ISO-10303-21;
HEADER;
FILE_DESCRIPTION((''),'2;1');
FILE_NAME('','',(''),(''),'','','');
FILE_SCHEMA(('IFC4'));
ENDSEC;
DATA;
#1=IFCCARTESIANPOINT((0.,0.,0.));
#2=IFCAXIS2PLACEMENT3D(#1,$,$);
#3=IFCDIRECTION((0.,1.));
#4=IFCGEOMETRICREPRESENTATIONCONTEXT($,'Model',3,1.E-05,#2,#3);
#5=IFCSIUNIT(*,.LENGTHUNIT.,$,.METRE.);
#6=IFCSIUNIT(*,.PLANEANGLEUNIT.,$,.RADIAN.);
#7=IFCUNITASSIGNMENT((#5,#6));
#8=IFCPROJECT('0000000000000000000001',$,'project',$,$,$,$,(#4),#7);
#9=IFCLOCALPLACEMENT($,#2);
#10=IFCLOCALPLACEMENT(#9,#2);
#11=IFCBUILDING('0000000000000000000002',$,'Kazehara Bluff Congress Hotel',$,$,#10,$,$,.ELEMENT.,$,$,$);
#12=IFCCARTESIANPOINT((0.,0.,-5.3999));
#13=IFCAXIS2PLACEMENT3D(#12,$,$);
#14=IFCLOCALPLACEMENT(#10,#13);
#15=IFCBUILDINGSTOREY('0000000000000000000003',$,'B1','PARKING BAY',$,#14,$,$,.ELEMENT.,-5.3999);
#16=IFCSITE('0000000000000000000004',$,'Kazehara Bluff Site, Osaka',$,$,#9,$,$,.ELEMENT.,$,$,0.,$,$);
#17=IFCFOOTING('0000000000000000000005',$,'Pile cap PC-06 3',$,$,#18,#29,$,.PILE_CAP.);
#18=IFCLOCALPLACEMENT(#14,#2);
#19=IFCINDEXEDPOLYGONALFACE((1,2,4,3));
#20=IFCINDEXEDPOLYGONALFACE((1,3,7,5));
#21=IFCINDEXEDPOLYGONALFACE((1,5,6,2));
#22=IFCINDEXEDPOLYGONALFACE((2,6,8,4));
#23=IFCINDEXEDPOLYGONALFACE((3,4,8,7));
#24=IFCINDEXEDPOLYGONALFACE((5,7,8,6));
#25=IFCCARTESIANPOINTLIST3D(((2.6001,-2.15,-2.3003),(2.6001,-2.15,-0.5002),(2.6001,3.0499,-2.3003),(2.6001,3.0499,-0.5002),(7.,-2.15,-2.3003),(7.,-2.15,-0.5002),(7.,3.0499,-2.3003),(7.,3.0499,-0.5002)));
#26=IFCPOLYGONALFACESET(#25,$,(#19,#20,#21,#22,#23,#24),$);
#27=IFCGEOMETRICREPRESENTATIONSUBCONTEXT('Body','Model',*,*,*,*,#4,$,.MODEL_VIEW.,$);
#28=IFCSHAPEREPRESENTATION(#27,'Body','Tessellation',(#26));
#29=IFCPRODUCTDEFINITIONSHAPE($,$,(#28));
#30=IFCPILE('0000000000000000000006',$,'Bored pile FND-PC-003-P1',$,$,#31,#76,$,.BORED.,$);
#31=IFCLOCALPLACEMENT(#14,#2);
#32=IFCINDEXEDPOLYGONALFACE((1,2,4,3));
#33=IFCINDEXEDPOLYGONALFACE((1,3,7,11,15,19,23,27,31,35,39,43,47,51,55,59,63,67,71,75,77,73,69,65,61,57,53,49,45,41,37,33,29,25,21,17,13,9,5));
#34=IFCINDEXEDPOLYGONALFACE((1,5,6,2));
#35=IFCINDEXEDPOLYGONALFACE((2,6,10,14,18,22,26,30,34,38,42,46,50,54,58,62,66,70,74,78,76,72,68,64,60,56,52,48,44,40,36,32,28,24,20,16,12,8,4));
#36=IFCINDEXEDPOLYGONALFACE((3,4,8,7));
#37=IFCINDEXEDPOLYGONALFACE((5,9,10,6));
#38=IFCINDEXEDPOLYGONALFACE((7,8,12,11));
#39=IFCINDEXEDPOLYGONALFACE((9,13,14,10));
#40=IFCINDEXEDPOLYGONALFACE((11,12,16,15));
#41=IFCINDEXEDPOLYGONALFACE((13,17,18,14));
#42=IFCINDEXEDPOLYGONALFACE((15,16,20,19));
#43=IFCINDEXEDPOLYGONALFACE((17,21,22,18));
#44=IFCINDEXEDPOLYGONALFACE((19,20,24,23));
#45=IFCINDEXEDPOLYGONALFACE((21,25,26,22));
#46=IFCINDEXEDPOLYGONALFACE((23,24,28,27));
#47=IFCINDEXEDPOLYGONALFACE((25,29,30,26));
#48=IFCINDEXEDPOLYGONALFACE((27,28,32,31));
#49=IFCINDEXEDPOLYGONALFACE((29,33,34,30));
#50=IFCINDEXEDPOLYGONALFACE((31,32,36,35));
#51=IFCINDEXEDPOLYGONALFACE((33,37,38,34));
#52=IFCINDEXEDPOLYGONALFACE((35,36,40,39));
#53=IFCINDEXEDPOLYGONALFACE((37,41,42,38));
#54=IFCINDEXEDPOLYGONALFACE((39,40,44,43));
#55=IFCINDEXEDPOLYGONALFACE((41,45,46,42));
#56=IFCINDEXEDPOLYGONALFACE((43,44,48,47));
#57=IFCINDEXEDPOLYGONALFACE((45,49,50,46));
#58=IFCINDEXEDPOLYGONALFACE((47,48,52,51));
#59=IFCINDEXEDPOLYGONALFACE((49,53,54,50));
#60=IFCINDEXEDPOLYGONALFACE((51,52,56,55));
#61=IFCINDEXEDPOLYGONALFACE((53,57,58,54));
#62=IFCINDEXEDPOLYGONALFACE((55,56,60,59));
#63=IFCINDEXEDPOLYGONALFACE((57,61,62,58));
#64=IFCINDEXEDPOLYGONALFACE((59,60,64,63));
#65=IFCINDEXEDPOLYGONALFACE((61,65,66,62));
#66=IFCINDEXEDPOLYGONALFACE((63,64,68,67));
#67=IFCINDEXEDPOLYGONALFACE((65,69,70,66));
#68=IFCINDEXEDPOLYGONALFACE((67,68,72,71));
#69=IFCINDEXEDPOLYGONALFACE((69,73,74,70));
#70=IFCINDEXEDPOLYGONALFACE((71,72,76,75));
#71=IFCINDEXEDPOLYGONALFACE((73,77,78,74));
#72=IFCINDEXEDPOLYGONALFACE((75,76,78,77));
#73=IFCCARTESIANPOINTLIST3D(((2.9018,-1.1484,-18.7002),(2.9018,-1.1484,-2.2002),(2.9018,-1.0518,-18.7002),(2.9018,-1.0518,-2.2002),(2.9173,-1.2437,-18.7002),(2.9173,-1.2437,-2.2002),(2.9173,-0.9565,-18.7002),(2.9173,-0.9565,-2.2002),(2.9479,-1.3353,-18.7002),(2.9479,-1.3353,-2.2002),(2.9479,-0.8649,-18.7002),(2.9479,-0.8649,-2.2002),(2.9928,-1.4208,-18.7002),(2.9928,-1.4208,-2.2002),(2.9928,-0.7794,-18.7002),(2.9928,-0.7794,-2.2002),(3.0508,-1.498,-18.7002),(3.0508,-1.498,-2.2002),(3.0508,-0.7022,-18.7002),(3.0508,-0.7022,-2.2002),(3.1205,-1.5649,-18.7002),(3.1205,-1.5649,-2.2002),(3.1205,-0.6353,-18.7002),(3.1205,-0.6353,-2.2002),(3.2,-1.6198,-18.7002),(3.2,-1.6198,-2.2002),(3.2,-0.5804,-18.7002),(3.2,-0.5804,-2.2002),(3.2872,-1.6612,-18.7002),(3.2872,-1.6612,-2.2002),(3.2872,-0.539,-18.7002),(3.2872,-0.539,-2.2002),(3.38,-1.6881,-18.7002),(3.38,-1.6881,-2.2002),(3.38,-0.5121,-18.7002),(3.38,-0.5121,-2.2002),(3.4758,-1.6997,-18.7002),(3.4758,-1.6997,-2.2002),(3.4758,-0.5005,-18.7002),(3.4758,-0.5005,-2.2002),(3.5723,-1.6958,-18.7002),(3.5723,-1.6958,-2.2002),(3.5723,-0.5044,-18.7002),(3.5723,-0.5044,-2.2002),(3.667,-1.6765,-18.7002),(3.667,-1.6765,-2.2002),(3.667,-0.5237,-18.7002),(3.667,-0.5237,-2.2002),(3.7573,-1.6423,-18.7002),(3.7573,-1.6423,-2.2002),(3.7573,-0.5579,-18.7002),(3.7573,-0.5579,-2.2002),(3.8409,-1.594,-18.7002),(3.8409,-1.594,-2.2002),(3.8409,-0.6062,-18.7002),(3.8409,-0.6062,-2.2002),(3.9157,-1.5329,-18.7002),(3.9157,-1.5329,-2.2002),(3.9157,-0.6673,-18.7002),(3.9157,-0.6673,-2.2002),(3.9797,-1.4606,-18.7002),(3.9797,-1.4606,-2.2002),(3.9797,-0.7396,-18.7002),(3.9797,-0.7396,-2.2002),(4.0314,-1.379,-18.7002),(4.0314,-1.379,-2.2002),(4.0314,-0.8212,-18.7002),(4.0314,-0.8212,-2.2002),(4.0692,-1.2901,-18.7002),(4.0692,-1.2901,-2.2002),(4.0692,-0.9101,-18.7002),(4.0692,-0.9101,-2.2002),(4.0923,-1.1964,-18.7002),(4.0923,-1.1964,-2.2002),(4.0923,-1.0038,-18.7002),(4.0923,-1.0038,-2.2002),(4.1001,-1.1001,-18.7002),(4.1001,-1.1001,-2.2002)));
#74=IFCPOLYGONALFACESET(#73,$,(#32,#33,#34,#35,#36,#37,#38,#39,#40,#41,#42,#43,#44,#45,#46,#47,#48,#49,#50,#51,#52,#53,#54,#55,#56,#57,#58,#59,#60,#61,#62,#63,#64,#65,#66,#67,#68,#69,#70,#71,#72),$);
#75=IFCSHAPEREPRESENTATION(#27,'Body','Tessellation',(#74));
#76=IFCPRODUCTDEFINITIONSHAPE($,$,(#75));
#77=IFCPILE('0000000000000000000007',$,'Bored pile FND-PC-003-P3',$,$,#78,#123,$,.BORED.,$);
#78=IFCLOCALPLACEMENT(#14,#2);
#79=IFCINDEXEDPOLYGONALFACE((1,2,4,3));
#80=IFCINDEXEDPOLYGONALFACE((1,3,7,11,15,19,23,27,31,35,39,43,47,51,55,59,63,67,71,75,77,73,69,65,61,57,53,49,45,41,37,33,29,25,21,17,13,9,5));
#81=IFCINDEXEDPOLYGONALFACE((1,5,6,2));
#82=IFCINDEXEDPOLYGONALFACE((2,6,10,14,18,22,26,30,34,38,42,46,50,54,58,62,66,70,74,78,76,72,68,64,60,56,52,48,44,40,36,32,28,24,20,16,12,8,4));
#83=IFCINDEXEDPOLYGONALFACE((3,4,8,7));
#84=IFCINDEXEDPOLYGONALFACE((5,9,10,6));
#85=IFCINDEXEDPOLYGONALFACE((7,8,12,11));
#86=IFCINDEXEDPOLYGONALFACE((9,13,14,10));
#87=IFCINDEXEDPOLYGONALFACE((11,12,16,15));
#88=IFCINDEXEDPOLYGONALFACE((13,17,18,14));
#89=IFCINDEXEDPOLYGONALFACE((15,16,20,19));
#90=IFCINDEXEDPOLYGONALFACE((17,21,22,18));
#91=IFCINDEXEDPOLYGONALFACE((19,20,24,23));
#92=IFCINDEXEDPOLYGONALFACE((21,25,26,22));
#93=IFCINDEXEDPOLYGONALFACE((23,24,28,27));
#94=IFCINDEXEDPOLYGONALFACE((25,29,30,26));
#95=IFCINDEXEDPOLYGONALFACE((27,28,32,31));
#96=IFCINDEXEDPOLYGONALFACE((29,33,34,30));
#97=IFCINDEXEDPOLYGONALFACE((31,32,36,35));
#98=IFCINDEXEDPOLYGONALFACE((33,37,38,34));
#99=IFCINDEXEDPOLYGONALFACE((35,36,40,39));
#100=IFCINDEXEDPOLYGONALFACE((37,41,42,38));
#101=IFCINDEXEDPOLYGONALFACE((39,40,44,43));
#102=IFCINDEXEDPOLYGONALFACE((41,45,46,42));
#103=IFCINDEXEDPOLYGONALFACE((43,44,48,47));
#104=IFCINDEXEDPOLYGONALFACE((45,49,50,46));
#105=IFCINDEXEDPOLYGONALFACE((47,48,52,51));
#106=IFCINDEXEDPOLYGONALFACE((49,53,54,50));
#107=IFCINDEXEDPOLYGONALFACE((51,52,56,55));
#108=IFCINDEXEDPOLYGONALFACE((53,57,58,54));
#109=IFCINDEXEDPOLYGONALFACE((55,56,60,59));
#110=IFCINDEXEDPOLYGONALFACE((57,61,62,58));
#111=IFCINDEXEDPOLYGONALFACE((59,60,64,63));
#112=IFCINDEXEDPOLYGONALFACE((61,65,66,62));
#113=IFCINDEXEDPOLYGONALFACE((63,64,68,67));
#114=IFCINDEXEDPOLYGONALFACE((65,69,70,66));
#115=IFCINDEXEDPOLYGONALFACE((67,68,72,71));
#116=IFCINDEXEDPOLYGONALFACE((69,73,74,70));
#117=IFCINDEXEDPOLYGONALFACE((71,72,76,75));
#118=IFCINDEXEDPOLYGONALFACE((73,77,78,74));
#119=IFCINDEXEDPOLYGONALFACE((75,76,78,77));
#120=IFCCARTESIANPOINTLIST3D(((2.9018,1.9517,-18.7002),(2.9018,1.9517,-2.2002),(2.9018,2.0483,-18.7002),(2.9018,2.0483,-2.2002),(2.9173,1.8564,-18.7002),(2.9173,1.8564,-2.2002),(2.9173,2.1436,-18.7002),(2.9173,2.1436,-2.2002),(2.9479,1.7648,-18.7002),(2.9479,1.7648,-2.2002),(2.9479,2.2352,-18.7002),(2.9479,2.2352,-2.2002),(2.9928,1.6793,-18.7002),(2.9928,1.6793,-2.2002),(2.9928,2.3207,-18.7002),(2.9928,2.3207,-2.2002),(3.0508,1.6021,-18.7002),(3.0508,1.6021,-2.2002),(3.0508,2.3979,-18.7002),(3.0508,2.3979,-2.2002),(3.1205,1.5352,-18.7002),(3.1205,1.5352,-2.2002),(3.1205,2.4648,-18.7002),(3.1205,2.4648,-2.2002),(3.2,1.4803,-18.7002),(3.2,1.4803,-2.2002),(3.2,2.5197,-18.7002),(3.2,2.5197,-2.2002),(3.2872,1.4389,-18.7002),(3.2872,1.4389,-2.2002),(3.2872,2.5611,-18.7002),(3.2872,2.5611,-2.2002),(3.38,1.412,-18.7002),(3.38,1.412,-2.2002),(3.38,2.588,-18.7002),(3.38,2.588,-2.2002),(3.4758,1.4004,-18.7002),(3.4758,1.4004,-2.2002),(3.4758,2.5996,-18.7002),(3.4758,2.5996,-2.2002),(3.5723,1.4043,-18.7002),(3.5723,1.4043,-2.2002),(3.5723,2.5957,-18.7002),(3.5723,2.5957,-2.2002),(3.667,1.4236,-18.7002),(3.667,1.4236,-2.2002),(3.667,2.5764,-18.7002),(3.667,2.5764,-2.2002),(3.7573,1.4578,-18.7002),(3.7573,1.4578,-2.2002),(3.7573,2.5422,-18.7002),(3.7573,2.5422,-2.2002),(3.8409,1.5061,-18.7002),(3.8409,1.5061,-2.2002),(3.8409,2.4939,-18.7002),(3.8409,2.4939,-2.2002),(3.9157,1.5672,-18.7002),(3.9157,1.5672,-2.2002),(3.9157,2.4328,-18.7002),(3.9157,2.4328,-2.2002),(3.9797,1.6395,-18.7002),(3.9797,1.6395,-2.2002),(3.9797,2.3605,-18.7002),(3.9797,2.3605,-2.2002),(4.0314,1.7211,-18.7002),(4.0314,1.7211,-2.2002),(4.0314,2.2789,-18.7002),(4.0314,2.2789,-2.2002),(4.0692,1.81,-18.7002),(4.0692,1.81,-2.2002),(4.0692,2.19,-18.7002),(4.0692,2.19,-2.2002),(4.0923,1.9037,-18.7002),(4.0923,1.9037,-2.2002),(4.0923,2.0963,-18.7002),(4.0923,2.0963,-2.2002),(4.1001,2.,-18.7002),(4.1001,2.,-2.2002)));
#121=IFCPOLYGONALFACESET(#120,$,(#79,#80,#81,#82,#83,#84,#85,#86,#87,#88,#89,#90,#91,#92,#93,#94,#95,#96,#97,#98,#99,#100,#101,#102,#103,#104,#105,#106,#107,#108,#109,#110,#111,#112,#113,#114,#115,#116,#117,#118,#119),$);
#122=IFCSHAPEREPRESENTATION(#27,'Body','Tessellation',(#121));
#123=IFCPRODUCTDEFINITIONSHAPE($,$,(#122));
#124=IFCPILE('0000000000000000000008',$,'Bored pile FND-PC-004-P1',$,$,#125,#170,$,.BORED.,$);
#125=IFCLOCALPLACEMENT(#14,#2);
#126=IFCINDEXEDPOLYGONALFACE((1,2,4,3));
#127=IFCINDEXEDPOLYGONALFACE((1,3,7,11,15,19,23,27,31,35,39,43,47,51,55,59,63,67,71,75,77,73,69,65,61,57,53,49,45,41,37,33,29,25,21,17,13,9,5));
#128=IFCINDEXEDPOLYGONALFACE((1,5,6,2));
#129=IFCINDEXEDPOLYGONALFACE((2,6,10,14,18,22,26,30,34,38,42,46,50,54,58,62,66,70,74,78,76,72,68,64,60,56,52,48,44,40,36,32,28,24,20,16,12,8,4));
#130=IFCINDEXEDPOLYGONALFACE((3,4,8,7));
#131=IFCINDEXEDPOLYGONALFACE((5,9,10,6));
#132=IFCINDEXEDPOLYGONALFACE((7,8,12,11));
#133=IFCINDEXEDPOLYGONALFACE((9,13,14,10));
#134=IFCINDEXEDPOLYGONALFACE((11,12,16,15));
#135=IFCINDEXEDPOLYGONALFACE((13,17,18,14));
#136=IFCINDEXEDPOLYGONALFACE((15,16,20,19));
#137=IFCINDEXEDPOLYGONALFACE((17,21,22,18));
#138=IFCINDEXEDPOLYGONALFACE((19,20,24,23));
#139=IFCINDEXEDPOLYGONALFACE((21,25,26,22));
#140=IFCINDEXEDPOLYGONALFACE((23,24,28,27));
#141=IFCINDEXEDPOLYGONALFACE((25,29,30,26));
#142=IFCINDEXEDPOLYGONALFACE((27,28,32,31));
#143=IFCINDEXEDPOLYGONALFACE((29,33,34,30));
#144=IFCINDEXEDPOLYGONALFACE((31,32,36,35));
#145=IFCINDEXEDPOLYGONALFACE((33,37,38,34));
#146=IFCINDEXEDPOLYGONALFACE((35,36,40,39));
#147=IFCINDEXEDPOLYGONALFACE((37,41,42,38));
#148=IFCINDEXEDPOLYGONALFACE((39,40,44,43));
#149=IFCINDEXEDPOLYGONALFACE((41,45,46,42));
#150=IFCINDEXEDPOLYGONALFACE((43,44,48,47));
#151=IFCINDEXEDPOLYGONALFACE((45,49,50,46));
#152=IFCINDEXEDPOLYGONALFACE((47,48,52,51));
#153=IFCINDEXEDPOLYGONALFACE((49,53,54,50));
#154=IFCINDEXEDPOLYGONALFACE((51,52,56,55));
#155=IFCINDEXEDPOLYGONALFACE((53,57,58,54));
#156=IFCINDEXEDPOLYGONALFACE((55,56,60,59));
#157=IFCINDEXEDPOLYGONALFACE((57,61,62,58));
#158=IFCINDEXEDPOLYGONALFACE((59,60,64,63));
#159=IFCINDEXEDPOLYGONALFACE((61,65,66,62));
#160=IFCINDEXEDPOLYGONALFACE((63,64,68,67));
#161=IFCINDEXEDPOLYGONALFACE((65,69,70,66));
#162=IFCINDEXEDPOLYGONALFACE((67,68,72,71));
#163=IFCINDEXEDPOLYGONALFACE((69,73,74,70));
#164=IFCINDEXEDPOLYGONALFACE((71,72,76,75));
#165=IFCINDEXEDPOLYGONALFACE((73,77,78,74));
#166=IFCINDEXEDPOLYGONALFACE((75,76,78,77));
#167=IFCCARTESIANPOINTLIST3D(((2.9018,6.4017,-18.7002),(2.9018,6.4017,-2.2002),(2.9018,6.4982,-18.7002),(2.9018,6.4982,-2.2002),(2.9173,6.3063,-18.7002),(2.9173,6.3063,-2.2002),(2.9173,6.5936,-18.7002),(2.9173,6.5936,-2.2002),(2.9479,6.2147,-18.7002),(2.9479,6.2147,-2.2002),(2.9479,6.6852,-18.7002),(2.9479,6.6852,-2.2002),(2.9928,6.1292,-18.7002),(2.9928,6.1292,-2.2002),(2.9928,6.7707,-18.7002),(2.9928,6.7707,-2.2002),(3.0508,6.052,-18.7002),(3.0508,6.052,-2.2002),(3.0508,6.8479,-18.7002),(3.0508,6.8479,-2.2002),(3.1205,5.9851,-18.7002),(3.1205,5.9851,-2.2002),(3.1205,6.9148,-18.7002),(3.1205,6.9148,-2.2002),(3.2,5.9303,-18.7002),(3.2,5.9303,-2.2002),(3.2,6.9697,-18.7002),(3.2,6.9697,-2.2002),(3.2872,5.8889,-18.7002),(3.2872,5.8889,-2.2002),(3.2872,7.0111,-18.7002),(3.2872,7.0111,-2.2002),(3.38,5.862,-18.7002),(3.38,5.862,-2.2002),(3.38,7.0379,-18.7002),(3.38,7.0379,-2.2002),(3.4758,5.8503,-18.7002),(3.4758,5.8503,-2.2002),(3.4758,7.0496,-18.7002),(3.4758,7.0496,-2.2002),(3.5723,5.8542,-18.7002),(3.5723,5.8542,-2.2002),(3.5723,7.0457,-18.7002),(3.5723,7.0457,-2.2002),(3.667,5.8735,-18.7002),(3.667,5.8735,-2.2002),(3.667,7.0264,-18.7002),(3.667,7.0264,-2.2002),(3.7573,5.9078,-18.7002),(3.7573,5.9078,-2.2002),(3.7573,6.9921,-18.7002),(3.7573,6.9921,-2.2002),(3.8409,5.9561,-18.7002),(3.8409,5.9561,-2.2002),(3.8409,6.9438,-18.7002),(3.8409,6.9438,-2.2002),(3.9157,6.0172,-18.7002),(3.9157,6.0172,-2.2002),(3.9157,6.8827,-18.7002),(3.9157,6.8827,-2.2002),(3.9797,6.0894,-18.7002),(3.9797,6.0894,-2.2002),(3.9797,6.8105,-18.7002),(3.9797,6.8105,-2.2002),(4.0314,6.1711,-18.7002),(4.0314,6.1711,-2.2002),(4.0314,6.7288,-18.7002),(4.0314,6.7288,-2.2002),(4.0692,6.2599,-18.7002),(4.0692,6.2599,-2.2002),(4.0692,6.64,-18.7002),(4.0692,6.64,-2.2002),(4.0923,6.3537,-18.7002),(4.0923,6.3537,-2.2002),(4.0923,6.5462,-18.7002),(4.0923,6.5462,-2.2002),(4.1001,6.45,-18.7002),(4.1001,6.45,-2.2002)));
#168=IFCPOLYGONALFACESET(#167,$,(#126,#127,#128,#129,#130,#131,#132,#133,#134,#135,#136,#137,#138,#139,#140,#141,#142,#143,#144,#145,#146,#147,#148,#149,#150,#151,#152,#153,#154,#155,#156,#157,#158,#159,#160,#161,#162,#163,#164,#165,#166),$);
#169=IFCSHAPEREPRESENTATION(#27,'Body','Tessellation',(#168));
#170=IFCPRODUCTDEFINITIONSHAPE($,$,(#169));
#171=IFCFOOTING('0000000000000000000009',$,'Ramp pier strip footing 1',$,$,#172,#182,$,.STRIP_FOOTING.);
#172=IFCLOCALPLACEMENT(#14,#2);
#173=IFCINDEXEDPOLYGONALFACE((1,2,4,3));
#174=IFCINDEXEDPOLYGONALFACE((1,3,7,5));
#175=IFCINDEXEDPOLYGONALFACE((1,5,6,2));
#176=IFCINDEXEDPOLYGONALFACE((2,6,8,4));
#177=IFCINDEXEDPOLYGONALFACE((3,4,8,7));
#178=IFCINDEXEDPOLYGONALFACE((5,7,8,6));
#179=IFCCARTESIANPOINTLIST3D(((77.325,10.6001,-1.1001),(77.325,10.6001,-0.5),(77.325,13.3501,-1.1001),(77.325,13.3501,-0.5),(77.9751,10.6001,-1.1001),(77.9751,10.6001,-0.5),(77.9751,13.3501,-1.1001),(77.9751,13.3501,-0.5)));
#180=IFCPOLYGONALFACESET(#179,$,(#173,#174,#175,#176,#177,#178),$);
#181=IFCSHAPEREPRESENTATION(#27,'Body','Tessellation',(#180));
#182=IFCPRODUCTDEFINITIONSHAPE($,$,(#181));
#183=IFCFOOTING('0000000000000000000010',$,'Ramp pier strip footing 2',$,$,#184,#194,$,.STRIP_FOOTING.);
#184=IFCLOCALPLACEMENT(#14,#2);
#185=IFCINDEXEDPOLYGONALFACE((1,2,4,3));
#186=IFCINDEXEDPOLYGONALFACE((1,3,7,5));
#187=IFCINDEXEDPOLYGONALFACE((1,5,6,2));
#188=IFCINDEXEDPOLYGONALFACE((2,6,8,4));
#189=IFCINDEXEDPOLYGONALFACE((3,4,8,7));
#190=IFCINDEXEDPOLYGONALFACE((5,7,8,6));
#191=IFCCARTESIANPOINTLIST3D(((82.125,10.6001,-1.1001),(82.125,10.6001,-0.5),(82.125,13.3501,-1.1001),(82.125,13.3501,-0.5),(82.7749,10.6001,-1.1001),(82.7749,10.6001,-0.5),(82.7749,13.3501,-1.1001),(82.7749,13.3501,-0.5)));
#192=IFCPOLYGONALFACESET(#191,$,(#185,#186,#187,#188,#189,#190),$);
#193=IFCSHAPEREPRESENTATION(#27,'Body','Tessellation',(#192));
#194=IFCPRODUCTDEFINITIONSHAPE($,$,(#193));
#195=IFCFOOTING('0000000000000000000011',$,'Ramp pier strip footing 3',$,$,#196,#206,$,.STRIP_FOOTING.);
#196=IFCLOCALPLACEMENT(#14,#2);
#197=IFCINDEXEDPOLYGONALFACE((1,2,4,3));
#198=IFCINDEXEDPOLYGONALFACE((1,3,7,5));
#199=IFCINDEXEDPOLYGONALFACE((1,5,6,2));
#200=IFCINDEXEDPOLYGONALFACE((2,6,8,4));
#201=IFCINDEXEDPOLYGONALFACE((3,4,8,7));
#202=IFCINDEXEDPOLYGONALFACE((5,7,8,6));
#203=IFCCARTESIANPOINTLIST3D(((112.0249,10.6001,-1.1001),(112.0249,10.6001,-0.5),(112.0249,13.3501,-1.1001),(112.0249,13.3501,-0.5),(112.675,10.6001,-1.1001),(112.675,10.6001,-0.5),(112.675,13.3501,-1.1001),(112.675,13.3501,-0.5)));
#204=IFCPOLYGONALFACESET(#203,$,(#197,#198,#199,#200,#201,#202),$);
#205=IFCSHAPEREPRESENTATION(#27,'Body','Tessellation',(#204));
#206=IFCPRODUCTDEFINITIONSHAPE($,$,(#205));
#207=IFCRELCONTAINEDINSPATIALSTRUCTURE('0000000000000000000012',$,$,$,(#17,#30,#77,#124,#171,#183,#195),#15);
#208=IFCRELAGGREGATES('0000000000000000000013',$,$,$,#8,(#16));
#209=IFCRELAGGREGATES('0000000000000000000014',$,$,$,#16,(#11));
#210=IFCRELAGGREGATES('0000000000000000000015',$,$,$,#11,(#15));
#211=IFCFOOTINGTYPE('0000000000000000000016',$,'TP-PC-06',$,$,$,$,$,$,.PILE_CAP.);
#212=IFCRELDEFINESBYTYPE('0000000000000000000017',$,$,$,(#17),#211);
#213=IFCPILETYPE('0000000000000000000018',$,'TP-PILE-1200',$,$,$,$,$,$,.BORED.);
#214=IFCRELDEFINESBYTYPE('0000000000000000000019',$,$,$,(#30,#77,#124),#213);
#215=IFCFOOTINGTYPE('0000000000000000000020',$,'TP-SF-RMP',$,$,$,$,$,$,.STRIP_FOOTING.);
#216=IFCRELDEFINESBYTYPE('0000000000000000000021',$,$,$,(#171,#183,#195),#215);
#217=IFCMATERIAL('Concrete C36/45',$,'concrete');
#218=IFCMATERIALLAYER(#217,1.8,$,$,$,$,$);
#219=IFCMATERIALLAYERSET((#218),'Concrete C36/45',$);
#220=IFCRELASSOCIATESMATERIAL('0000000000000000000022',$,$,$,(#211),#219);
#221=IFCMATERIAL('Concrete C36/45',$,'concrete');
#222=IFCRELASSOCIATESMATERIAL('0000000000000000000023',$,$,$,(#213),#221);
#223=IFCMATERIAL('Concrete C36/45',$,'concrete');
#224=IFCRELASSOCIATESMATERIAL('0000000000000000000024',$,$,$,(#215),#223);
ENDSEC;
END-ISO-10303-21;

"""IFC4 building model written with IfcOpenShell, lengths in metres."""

from ifc_helpers import new_model, si_unit, direction, frame, origin, origin_2d, place, context, subcontext, project, spatial, polyline, rectangle, circle, outline, extrude, material, layer, layer_set, material_profile, profile_set, type_object, element, save


model = new_model("IFC4")

# Units and contexts
model_context = context("Model", 3, precision=1e-05, world=origin(), true_north=direction((0.0, 1.0)))
body_context = subcontext(model_context, "Body", "Model", "MODEL_VIEW")
ifc_project = project(units=[si_unit("LENGTHUNIT", "METRE"), si_unit("PLANEANGLEUNIT", "RADIAN")], contexts=[model_context])

# Site, building, storey
site_placement = place(None, origin())
site = spatial("IfcSite", under=ifc_project, at=site_placement, Name="Kazehara Bluff Site, Osaka", CompositionType="ELEMENT", RefElevation=0.0)
building_placement = place(site_placement, origin())
building = spatial("IfcBuilding", under=site, at=building_placement, Name="Kazehara Bluff Congress Hotel", CompositionType="ELEMENT")
storey_placement = place(building_placement, frame((0.0, 0.0, -5.3999)))
storey = spatial("IfcBuildingStorey", under=building, at=storey_placement, Name="B1", Description="PARKING BAY", CompositionType="ELEMENT", Elevation=-5.3999)

# Footing
ifc_material_1 = material(Name="Concrete C36/45", Category="concrete")
ifc_layer_1 = layer(ifc_material_1, 1.8)
ifc_layer_set_1 = layer_set([ifc_layer_1], Name="Concrete C36/45")
footing_type_1 = type_object("IfcFootingType", Name="TP-PC-06", PredefinedType="PILE_CAP", material=ifc_layer_set_1)
footing_1_placement = place(storey_placement, frame((4.8, 0.45, -2.3003), z_axis=(0.0, 0.0, 1.0), x_axis=(1.0, 0.0, 0.0)))
element("IfcFooting", 1, at=footing_1_placement, inside=storey, type_object=footing_type_1, Name="Pile cap PC-06 3", PredefinedType="PILE_CAP", context=body_context, shape_type="SweptSolid", body=[
    extrude(rectangle(XDim=4.3999, YDim=5.2, at=origin_2d()), origin(), (0.0, 0.0, 1.0), 1.8),
])

# Piles
ifc_material_2 = material(Name="Concrete C36/45", Category="concrete")
ifc_material_profile_1 = material_profile(ifc_material_2, circle(Radius=0.6001, at=origin_2d()))
ifc_profile_set_1 = profile_set([ifc_material_profile_1], Name="Concrete C36/45")
pile_type = type_object("IfcPileType", Name="TP-PILE-1200", PredefinedType="BORED", material=ifc_profile_set_1)
for number, where, z_axis, x_axis, name in (
    (2, (3.5, -1.1001, -2.2002), (0.0, 0.0, -1.0), (1.0, 0.0, 0.0), "Bored pile FND-PC-003-P1"),
    (3, (3.5, 2.0, -2.2002), (0.0, 0.0, -1.0), (1.0, 0.0, 0.0), "Bored pile FND-PC-003-P3"),
    (4, (3.5, 6.45, -2.2002), (0.0, 0.0, -1.0), (1.0, 0.0, 0.0), "Bored pile FND-PC-004-P1"),
):
    element("IfcPile", number, at=place(storey_placement, frame(where, z_axis=z_axis, x_axis=x_axis)), inside=storey, type_object=pile_type, Name=name, PredefinedType="BORED", context=body_context, shape_type="SweptSolid", body=[
        extrude(circle(Radius=0.6001, at=origin_2d()), origin(), (0.0, 0.0, 1.0), 16.5),
    ])

# Footings
ifc_material_3 = material(Name="Concrete C36/45", Category="concrete")
footing_type_2 = type_object("IfcFootingType", Name="TP-SF-RMP", PredefinedType="STRIP_FOOTING", material=ifc_material_3)
footing_2_placement = place(storey_placement, frame((0.0, 0.0, -1.1001)))
element("IfcFooting", 5, at=footing_2_placement, inside=storey, type_object=footing_type_2, Name="Ramp pier strip footing 1", PredefinedType="STRIP_FOOTING", context=body_context, shape_type="SweptSolid", body=[
    extrude(outline(polyline([(77.325, 10.6001), (77.9751, 10.6001), (77.9751, 13.3501), (77.325, 13.3501), (77.325, 10.6001)])), origin(), (0.0, 0.0, 1.0), 0.6001),
])
footing_3_placement = place(storey_placement, frame((0.0, 0.0, -1.1001)))
element("IfcFooting", 6, at=footing_3_placement, inside=storey, type_object=footing_type_2, Name="Ramp pier strip footing 2", PredefinedType="STRIP_FOOTING", context=body_context, shape_type="SweptSolid", body=[
    extrude(outline(polyline([(82.125, 10.6001), (82.7749, 10.6001), (82.7749, 13.3501), (82.125, 13.3501), (82.125, 10.6001)])), origin(), (0.0, 0.0, 1.0), 0.6001),
])
footing_4_placement = place(storey_placement, frame((0.0, 0.0, -1.1001)))
element("IfcFooting", 7, at=footing_4_placement, inside=storey, type_object=footing_type_2, Name="Ramp pier strip footing 3", PredefinedType="STRIP_FOOTING", context=body_context, shape_type="SweptSolid", body=[
    extrude(outline(polyline([(112.0249, 10.6001), (112.675, 10.6001), (112.675, 13.3501), (112.0249, 13.3501), (112.0249, 10.6001)])), origin(), (0.0, 0.0, 1.0), 0.6001),
])

save(model, "model.ifc")
